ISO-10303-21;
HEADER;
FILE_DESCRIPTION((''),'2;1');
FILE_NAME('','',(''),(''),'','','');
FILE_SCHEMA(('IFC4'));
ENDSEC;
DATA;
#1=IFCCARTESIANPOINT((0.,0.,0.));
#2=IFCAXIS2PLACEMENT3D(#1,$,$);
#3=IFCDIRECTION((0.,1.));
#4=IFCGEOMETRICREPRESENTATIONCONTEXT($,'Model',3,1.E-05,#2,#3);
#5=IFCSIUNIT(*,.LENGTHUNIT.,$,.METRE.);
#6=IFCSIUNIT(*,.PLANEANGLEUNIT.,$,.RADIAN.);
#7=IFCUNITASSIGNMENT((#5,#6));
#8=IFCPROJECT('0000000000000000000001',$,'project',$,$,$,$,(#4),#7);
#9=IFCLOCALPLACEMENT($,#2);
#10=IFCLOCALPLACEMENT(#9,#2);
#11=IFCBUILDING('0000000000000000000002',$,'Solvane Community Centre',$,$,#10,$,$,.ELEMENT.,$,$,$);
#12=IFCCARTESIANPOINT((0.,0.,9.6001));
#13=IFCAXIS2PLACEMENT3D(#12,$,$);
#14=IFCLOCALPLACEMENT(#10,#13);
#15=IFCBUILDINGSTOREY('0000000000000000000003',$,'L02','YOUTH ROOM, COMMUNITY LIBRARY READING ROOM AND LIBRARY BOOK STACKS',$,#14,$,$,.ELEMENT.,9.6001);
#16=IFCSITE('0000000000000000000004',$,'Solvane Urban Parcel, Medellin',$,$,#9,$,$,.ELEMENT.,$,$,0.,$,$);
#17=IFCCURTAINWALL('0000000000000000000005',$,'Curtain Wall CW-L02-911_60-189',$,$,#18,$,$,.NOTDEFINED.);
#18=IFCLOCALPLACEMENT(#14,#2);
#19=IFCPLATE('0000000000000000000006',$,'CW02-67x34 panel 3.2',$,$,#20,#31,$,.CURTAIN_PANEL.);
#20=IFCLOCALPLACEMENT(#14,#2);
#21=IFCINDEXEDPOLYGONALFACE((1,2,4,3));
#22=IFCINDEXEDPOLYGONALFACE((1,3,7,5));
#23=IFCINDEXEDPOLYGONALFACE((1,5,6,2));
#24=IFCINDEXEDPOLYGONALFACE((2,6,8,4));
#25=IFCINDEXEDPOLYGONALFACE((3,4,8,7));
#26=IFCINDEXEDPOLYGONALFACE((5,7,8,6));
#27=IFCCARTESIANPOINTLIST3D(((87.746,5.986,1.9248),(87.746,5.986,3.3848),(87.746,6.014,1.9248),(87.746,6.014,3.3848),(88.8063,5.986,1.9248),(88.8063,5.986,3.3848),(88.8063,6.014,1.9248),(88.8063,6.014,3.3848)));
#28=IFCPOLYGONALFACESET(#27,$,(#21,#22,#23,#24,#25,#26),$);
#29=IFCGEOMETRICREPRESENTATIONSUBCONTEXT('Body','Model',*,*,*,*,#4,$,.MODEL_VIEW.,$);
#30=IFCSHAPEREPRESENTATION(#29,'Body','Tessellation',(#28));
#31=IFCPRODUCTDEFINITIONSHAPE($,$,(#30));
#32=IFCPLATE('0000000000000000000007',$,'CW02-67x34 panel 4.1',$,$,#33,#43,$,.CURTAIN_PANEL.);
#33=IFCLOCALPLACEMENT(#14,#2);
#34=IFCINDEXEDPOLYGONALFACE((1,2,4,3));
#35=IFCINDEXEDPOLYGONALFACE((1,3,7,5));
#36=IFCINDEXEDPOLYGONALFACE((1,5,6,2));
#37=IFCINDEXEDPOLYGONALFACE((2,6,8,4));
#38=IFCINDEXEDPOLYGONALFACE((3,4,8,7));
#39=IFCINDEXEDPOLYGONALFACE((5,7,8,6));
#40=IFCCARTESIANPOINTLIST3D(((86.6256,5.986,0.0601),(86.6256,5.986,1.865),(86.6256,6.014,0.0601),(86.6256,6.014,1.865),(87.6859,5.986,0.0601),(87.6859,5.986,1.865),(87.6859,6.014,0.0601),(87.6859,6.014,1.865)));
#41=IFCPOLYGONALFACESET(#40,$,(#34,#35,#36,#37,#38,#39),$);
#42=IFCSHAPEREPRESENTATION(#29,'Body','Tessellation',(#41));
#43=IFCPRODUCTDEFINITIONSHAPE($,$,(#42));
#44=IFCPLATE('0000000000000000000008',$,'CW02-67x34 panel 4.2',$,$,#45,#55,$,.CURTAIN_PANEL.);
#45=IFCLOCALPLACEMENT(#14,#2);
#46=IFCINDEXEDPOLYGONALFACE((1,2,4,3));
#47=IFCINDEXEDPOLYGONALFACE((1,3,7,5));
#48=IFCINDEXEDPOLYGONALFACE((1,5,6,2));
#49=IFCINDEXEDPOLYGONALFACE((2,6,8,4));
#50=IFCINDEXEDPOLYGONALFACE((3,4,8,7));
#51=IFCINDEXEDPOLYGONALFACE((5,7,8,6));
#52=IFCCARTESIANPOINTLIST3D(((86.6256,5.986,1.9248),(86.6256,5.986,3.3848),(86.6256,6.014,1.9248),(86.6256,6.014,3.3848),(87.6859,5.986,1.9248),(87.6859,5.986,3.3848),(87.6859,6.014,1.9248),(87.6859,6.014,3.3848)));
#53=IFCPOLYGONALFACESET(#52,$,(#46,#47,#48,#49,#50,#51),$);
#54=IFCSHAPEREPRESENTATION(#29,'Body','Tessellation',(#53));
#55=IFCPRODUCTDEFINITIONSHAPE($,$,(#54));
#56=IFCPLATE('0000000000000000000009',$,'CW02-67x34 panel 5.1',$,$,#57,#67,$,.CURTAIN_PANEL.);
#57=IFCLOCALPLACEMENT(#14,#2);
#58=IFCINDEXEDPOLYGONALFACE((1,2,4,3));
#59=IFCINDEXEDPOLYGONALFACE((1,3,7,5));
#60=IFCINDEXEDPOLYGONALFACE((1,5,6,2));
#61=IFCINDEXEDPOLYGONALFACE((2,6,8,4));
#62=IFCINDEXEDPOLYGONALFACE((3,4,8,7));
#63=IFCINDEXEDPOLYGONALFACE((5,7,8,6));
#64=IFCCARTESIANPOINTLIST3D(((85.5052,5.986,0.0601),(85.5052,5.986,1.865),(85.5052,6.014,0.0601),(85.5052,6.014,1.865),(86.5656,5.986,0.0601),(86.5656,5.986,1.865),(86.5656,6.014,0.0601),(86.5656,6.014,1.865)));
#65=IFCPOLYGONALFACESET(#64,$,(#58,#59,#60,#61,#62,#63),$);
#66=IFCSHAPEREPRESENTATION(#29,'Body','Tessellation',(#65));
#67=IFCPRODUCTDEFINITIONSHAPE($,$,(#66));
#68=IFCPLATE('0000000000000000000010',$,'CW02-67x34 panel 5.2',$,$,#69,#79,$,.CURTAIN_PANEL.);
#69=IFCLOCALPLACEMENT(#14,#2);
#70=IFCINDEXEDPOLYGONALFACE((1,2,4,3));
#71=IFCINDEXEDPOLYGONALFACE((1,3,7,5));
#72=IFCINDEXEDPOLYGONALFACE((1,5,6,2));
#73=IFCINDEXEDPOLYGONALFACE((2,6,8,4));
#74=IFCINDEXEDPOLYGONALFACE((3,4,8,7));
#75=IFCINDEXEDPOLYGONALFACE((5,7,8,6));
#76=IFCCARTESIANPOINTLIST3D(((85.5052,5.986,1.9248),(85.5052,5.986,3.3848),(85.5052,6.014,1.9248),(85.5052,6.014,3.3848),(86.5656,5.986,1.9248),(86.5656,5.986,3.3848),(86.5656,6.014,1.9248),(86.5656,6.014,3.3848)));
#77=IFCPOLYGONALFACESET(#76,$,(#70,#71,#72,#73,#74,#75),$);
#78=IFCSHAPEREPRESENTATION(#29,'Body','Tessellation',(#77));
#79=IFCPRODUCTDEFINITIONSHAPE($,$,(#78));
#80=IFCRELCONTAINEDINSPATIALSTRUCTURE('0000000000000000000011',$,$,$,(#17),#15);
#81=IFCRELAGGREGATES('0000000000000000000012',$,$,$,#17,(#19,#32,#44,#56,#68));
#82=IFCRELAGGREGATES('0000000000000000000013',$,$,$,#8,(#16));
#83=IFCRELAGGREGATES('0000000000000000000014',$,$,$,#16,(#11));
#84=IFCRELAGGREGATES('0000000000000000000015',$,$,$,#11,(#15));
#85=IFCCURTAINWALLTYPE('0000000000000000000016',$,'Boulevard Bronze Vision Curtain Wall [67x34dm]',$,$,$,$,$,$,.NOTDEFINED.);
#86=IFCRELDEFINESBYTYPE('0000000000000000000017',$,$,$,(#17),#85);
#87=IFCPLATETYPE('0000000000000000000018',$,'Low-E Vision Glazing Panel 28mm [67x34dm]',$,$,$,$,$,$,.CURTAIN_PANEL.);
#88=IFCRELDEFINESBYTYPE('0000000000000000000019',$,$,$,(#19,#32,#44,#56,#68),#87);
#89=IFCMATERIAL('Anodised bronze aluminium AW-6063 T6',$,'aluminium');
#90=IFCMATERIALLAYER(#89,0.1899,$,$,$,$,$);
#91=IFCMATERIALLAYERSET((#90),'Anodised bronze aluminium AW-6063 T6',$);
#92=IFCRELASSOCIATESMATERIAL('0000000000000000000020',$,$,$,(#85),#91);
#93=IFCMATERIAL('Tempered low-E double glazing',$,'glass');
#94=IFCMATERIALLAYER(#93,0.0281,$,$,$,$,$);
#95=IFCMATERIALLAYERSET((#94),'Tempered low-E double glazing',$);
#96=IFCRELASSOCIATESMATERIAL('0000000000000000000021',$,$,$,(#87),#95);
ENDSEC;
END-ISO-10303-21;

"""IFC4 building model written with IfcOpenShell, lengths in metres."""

from ifc_helpers import new_model, si_unit, direction, frame, origin, origin_2d, place, context, subcontext, project, spatial, rectangle, extrude, material, layer, layer_set, type_object, element, aggregate, save


model = new_model("IFC4")

# Units and contexts
model_context = context("Model", 3, precision=1e-05, world=origin(), true_north=direction((0.0, 1.0)))
body_context = subcontext(model_context, "Body", "Model", "MODEL_VIEW")
ifc_project = project(units=[si_unit("LENGTHUNIT", "METRE"), si_unit("PLANEANGLEUNIT", "RADIAN")], contexts=[model_context])

# Site, building, storey
site_placement = place(None, origin())
site = spatial("IfcSite", under=ifc_project, at=site_placement, Name="Solvane Urban Parcel, Medellin", CompositionType="ELEMENT", RefElevation=0.0)
building_placement = place(site_placement, origin())
building = spatial("IfcBuilding", under=site, at=building_placement, Name="Solvane Community Centre", CompositionType="ELEMENT")
storey_placement = place(building_placement, frame((0.0, 0.0, 9.6001)))
storey = spatial("IfcBuildingStorey", under=building, at=storey_placement, Name="L02", Description="YOUTH ROOM, COMMUNITY LIBRARY READING ROOM AND LIBRARY BOOK STACKS", CompositionType="ELEMENT", Elevation=9.6001)

# Curtain wall
ifc_material_1 = material(Name="Anodised bronze aluminium AW-6063 T6", Category="aluminium")
ifc_layer_1 = layer(ifc_material_1, 0.1899)
ifc_layer_set_1 = layer_set([ifc_layer_1], Name="Anodised bronze aluminium AW-6063 T6")
curtain_wall_type = type_object("IfcCurtainWallType", Name="Boulevard Bronze Vision Curtain Wall [67x34dm]", PredefinedType="NOTDEFINED", material=ifc_layer_set_1)
curtain_wall_placement = place(storey_placement, origin())
curtain_wall = element("IfcCurtainWall", 1, at=curtain_wall_placement, inside=storey, type_object=curtain_wall_type, Name="Curtain Wall CW-L02-911_60-189", PredefinedType="NOTDEFINED")

# Plates
ifc_material_2 = material(Name="Tempered low-E double glazing", Category="glass")
ifc_layer_2 = layer(ifc_material_2, 0.0281)
ifc_layer_set_2 = layer_set([ifc_layer_2], Name="Tempered low-E double glazing")
plate_type = type_object("IfcPlateType", Name="Low-E Vision Glazing Panel 28mm [67x34dm]", PredefinedType="CURTAIN_PANEL", material=ifc_layer_set_2)
plate_1_placement = place(storey_placement, frame((88.2761, 6.0, 1.9248), z_axis=(0.0, 0.0, 1.0), x_axis=(-1.0, 0.0, 0.0)))
plate_1 = element("IfcPlate", 2, at=plate_1_placement, type_object=plate_type, Name="CW02-67x34 panel 3.2", PredefinedType="CURTAIN_PANEL", context=body_context, shape_type="SweptSolid", body=[
    extrude(rectangle(XDim=1.0603, YDim=0.0281, at=origin_2d()), origin(), (0.0, 0.0, 1.0), 1.46),
])
plate_2_placement = place(storey_placement, frame((87.1558, 6.0, 0.0601), z_axis=(0.0, 0.0, 1.0), x_axis=(-1.0, 0.0, 0.0)))
plate_2 = element("IfcPlate", 3, at=plate_2_placement, type_object=plate_type, Name="CW02-67x34 panel 4.1", PredefinedType="CURTAIN_PANEL", context=body_context, shape_type="SweptSolid", body=[
    extrude(rectangle(XDim=1.0603, YDim=0.0281, at=origin_2d()), origin(), (0.0, 0.0, 1.0), 1.8049),
])
plate_3_placement = place(storey_placement, frame((87.1558, 6.0, 1.9248), z_axis=(0.0, 0.0, 1.0), x_axis=(-1.0, 0.0, 0.0)))
plate_3 = element("IfcPlate", 4, at=plate_3_placement, type_object=plate_type, Name="CW02-67x34 panel 4.2", PredefinedType="CURTAIN_PANEL", context=body_context, shape_type="SweptSolid", body=[
    extrude(rectangle(XDim=1.0603, YDim=0.0281, at=origin_2d()), origin(), (0.0, 0.0, 1.0), 1.46),
])
plate_4_placement = place(storey_placement, frame((86.0354, 6.0, 0.0601), z_axis=(0.0, 0.0, 1.0), x_axis=(-1.0, 0.0, 0.0)))
plate_4 = element("IfcPlate", 5, at=plate_4_placement, type_object=plate_type, Name="CW02-67x34 panel 5.1", PredefinedType="CURTAIN_PANEL", context=body_context, shape_type="SweptSolid", body=[
    extrude(rectangle(XDim=1.0603, YDim=0.0281, at=origin_2d()), origin(), (0.0, 0.0, 1.0), 1.8049),
])
plate_5_placement = place(storey_placement, frame((86.0354, 6.0, 1.9248), z_axis=(0.0, 0.0, 1.0), x_axis=(-1.0, 0.0, 0.0)))
plate_5 = element("IfcPlate", 6, at=plate_5_placement, type_object=plate_type, Name="CW02-67x34 panel 5.2", PredefinedType="CURTAIN_PANEL", context=body_context, shape_type="SweptSolid", body=[
    extrude(rectangle(XDim=1.0603, YDim=0.0281, at=origin_2d()), origin(), (0.0, 0.0, 1.0), 1.46),
])
aggregate(curtain_wall, [plate_1, plate_2, plate_3, plate_4, plate_5])

save(model, "model.ifc")
